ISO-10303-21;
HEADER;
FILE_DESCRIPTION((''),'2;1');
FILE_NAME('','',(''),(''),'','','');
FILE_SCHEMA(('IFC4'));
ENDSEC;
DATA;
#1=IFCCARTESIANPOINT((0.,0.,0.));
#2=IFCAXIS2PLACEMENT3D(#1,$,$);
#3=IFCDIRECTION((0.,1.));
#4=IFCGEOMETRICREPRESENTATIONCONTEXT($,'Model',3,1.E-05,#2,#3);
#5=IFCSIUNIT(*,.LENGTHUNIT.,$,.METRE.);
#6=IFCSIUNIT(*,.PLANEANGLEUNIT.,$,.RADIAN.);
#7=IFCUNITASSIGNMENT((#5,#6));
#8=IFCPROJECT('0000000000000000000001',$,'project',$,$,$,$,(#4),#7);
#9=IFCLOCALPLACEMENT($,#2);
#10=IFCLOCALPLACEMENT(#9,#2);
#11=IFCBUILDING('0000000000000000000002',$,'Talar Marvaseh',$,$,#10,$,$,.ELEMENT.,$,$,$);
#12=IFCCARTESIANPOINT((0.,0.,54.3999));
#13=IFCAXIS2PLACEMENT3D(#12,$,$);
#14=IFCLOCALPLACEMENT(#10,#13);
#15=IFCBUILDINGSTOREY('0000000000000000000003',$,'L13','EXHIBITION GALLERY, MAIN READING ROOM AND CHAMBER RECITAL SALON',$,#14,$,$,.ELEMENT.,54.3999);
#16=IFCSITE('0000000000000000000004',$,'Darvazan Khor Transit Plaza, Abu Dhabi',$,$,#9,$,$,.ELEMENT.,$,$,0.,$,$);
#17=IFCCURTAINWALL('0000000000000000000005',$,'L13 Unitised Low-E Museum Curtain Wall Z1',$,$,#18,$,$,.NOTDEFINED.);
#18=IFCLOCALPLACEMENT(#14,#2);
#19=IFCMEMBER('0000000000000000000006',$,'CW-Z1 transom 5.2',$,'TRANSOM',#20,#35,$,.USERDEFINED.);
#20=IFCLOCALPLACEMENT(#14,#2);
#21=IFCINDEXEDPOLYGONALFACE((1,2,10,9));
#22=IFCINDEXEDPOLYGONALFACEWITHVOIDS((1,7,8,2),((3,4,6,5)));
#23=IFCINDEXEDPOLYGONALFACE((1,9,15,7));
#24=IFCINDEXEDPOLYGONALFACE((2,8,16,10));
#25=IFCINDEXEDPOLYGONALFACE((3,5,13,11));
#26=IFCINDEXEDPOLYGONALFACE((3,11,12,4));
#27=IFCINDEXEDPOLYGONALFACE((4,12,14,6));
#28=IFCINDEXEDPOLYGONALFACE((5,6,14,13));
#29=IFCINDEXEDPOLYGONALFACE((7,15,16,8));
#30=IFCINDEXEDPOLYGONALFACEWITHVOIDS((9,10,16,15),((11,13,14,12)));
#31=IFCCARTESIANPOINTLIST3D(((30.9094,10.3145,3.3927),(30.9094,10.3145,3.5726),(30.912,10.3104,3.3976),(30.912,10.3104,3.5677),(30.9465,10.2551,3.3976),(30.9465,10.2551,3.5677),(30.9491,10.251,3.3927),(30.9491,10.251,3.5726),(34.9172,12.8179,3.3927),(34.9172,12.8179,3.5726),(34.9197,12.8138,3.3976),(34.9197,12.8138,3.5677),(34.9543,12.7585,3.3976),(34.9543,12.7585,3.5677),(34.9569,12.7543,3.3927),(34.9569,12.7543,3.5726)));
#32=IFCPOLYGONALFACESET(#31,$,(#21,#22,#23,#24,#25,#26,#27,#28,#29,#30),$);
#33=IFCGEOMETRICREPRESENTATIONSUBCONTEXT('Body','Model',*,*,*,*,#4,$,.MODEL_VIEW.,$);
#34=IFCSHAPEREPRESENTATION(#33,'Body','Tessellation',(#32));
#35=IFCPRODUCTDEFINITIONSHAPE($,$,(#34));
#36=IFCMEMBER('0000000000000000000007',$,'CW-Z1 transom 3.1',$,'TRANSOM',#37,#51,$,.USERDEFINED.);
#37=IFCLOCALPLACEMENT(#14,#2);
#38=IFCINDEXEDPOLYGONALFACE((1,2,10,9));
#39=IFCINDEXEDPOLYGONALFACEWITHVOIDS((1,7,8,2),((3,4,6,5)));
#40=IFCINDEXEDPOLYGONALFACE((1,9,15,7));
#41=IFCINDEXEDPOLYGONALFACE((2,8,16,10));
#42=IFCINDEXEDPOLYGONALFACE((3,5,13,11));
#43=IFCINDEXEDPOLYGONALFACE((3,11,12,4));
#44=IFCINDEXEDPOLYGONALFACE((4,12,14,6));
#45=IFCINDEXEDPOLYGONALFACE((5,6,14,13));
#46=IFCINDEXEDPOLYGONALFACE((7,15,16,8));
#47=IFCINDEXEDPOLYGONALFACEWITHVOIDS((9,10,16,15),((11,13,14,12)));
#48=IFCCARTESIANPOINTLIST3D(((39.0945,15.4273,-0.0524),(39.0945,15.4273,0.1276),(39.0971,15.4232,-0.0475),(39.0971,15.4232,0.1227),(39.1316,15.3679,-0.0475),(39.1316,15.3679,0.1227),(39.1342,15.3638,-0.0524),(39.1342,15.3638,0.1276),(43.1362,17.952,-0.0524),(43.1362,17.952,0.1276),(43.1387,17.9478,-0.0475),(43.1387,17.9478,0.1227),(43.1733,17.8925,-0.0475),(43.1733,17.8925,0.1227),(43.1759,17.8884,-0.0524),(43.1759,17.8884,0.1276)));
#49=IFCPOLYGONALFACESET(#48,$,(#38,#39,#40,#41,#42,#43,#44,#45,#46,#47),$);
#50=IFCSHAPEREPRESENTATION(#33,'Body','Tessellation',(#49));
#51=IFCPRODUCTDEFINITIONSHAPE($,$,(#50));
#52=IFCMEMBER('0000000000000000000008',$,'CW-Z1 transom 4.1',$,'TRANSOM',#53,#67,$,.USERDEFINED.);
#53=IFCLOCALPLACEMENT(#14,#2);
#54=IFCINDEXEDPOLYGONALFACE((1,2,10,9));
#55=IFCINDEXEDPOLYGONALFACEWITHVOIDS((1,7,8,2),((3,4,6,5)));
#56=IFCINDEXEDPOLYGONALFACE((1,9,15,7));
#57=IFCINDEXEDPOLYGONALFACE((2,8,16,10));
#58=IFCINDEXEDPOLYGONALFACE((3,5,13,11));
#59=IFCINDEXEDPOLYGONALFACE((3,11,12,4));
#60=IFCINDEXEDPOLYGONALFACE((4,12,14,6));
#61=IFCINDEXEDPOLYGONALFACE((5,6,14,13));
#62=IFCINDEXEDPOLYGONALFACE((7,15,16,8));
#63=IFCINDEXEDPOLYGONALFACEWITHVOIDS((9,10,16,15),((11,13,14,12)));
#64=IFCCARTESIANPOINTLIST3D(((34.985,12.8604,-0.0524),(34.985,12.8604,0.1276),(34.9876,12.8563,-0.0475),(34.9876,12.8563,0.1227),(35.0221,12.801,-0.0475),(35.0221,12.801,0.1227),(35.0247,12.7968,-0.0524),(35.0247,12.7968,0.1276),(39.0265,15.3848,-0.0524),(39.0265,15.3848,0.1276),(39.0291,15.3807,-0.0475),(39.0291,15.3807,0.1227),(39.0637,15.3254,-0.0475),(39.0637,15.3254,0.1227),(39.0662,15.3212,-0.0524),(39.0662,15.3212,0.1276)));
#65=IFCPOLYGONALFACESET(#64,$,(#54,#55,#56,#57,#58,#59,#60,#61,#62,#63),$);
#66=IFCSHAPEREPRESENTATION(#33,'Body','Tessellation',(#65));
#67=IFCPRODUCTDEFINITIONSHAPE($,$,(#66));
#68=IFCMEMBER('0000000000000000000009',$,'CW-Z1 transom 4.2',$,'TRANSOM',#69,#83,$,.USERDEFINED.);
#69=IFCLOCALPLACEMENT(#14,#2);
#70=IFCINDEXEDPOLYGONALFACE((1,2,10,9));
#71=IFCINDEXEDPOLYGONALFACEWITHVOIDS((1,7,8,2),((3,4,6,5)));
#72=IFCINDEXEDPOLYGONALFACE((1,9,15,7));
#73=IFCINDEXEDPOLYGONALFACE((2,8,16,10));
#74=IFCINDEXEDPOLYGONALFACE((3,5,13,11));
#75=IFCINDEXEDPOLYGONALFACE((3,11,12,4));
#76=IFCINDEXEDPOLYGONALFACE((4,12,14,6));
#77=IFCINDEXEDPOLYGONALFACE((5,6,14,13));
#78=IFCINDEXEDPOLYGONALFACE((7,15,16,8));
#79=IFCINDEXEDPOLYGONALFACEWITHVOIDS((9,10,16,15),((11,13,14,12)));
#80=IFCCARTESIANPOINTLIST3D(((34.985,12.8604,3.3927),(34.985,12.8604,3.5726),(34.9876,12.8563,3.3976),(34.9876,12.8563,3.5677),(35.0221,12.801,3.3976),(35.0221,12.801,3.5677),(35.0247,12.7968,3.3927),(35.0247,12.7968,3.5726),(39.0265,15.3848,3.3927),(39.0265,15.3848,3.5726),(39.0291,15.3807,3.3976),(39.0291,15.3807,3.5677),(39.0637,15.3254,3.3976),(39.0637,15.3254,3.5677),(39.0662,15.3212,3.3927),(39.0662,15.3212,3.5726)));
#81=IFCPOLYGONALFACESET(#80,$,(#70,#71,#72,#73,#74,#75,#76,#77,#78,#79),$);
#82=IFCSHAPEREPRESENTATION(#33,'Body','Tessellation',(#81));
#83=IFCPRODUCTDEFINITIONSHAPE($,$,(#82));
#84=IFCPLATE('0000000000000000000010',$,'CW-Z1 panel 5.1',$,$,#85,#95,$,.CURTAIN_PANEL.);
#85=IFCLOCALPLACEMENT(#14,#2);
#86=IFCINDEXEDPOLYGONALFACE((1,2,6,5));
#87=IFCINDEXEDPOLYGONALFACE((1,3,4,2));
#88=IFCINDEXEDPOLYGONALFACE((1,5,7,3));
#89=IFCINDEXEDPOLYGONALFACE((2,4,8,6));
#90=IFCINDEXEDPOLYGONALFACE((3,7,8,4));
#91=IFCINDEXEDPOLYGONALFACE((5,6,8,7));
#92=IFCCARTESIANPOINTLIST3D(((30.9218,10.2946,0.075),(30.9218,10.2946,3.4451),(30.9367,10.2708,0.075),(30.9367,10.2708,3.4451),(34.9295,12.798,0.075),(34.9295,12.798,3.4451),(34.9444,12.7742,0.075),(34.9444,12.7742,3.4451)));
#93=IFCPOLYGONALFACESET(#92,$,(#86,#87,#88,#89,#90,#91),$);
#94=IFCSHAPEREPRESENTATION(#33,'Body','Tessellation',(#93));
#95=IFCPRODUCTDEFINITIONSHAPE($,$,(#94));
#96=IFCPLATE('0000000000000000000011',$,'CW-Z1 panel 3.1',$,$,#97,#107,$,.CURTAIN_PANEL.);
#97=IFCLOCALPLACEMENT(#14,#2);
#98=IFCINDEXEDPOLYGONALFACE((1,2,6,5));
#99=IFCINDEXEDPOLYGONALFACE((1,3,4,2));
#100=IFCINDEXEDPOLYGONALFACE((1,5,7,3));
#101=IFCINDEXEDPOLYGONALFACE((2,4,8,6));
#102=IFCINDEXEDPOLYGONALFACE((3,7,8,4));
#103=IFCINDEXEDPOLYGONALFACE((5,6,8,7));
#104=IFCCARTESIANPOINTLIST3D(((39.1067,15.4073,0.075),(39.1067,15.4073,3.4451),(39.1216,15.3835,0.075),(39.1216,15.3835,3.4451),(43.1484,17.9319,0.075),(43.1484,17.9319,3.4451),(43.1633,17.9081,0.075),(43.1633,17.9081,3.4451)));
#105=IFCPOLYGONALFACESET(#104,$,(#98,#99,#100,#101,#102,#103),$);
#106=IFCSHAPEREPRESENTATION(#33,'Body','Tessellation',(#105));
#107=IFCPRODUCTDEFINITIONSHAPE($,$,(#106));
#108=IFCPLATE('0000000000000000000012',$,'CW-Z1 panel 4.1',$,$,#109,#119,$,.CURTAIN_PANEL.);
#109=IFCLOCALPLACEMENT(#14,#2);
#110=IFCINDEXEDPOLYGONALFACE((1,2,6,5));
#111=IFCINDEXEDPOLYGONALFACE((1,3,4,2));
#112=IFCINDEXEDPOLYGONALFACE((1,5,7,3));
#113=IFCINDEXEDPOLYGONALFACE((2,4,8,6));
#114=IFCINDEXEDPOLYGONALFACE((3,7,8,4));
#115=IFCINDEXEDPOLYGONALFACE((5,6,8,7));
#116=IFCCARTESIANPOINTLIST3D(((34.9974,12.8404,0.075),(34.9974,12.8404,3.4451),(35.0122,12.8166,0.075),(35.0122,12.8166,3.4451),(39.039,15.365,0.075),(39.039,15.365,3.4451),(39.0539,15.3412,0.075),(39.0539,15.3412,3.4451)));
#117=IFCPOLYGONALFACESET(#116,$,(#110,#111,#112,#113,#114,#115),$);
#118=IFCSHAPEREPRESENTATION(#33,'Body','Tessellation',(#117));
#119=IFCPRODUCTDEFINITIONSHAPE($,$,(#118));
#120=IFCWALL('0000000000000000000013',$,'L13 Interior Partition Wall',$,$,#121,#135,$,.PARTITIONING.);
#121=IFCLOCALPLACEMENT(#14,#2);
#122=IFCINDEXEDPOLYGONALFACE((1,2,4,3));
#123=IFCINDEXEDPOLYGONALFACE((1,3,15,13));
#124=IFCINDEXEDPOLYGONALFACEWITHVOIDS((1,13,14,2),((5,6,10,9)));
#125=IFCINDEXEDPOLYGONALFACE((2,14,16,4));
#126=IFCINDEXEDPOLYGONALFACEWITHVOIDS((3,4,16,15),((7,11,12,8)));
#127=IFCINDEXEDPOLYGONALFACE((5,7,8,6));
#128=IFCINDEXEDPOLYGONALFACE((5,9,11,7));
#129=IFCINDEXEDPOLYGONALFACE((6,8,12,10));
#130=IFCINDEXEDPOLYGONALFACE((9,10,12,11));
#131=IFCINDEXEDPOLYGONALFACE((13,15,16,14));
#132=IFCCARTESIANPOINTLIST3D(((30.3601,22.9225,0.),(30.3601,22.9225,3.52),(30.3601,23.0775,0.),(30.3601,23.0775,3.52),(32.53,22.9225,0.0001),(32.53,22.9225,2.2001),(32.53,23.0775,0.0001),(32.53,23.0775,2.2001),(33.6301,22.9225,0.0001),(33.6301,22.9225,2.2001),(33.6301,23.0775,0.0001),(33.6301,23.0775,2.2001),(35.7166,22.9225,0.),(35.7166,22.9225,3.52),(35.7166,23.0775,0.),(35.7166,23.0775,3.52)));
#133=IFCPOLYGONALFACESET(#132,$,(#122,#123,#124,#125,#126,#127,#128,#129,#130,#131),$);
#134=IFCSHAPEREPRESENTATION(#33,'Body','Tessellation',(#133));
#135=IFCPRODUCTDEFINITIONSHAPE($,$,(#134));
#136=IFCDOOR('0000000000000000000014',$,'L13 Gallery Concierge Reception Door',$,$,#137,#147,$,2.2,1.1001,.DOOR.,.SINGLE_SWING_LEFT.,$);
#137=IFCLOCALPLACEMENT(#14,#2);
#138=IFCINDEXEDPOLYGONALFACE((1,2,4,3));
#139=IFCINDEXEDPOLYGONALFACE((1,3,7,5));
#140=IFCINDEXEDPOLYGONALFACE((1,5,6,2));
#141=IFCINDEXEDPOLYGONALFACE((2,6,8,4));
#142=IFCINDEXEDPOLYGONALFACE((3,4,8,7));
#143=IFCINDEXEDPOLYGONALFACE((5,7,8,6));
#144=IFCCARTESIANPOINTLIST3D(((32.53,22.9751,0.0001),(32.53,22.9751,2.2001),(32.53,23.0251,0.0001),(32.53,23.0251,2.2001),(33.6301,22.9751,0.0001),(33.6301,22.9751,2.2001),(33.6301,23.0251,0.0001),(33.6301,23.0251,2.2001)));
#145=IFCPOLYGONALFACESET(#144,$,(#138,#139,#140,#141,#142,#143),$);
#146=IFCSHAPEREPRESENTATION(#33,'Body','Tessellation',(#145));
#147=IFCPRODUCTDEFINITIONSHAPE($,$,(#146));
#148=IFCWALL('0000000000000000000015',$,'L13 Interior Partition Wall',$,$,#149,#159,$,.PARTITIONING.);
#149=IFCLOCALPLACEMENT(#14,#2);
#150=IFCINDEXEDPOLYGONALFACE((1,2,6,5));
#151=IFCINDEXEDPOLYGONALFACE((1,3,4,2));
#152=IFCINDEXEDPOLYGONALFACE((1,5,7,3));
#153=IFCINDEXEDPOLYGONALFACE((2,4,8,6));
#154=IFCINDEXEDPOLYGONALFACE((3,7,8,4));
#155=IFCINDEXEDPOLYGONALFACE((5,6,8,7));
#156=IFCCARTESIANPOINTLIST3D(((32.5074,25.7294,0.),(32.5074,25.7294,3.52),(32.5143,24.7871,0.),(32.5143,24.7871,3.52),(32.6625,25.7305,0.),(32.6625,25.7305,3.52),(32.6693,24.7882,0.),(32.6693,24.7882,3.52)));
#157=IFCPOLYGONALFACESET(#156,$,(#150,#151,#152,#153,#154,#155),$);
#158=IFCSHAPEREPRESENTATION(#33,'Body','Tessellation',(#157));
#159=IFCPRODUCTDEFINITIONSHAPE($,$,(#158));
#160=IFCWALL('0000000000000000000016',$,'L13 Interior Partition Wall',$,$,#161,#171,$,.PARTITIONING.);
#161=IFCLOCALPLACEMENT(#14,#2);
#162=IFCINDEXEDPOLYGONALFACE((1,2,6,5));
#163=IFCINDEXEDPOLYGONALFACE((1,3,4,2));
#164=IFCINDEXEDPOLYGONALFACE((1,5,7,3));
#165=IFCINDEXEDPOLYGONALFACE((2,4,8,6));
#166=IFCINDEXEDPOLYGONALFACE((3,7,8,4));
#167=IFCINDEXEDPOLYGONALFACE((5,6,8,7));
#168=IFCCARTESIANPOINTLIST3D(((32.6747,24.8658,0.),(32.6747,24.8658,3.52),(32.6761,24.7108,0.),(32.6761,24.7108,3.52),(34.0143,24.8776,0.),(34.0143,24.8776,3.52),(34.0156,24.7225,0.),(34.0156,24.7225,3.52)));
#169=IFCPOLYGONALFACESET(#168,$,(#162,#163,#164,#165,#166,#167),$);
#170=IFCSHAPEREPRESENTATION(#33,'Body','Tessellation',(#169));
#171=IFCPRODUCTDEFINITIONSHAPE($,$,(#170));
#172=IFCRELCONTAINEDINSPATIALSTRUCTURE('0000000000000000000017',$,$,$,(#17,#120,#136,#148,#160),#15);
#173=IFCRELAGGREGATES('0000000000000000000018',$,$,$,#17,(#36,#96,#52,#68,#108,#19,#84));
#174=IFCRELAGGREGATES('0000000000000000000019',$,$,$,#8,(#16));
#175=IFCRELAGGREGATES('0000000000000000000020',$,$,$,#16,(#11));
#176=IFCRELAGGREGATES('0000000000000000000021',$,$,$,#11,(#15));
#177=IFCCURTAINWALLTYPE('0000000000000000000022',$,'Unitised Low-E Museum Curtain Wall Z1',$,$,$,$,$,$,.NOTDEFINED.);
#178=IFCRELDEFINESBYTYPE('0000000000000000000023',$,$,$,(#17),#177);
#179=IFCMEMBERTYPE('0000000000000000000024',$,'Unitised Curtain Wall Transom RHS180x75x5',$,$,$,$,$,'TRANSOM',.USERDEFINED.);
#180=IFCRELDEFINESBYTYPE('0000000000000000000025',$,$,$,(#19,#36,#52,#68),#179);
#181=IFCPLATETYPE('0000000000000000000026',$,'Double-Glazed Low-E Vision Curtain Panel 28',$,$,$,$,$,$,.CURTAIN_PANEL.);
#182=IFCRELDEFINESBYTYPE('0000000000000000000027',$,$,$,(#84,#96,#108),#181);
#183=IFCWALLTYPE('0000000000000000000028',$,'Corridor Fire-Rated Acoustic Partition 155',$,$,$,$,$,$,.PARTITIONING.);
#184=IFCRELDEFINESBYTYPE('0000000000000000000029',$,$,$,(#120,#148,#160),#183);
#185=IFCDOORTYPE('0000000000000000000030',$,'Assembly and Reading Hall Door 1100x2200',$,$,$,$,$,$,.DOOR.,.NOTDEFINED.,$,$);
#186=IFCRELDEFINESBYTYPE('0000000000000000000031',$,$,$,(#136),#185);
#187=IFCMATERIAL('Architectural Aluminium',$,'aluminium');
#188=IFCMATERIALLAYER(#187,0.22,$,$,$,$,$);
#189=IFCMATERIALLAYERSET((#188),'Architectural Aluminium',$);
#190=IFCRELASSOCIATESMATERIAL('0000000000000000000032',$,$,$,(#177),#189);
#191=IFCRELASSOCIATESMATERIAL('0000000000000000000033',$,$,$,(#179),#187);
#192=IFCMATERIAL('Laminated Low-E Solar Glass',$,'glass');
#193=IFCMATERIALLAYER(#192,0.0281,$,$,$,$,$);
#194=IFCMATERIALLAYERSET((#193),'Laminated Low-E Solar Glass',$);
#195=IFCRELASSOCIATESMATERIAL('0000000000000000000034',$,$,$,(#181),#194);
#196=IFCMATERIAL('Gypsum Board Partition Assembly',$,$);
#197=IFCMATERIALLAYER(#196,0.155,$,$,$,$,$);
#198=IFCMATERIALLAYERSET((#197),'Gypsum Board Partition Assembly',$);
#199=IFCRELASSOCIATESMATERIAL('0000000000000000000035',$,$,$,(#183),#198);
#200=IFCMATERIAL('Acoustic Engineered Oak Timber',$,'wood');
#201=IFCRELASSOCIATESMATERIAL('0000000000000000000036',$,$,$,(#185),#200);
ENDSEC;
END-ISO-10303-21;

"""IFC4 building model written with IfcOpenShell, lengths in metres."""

from ifc_helpers import new_model, si_unit, direction, frame, frame_2d, origin, origin_2d, place, context, subcontext, project, spatial, rectangle, hollow_rectangle, extrude, source, transform, mapped, material, layer, layer_set, material_profile, profile_set, type_object, type_shapes, element, fill, aggregate, save


model = new_model("IFC4")

# Units and contexts
model_context = context("Model", 3, precision=1e-05, world=origin(), true_north=direction((0.0, 1.0)))
body_context = subcontext(model_context, "Body", "Model", "MODEL_VIEW")
ifc_project = project(units=[si_unit("LENGTHUNIT", "METRE"), si_unit("PLANEANGLEUNIT", "RADIAN")], contexts=[model_context])

# Site, building, storey
site_placement = place(None, origin())
site = spatial("IfcSite", under=ifc_project, at=site_placement, Name="Darvazan Khor Transit Plaza, Abu Dhabi", CompositionType="ELEMENT", RefElevation=0.0)
building_placement = place(site_placement, origin())
building = spatial("IfcBuilding", under=site, at=building_placement, Name="Talar Marvaseh", CompositionType="ELEMENT")
storey_placement = place(building_placement, frame((0.0, 0.0, 54.3999)))
storey = spatial("IfcBuildingStorey", under=building, at=storey_placement, Name="L13", Description="EXHIBITION GALLERY, MAIN READING ROOM AND CHAMBER RECITAL SALON", CompositionType="ELEMENT", Elevation=54.3999)

# Curtain wall, members, plates
ifc_material_1 = material(Name="Architectural Aluminium", Category="aluminium")
ifc_layer_1 = layer(ifc_material_1, 0.22)
ifc_layer_set_1 = layer_set([ifc_layer_1], Name="Architectural Aluminium")
curtain_wall_type = type_object("IfcCurtainWallType", Name="Unitised Low-E Museum Curtain Wall Z1", PredefinedType="NOTDEFINED", material=ifc_layer_set_1)
curtain_wall_placement = place(storey_placement, origin())
curtain_wall = element("IfcCurtainWall", 1, at=curtain_wall_placement, inside=storey, type_object=curtain_wall_type, Name="L13 Unitised Low-E Museum Curtain Wall Z1", PredefinedType="NOTDEFINED")
ifc_material_profile_1 = material_profile(ifc_material_1, hollow_rectangle(XDim=0.075, YDim=0.1799, WallThickness=0.0049, at=origin_2d()), Name="RHS180x75x5")
ifc_profile_set_1 = profile_set([ifc_material_profile_1], Name="Architectural Aluminium")
member_type_1 = type_object("IfcMemberType", Name="Unitised Curtain Wall Transom RHS180x75x5", ElementType="TRANSOM", PredefinedType="USERDEFINED", material=ifc_profile_set_1)
shared_shape_1 = source(origin(), body_context, "Body", "SweptSolid", [
    extrude(hollow_rectangle(XDim=0.075, YDim=0.1799, WallThickness=0.0049, at=origin_2d()), origin(), (0.0, 0.0, 1.0), 4.7253),
])
member_1_placement = place(storey_placement, frame((34.937, 12.7861, 3.4827), z_axis=(-0.848138, -0.529776, 0.0), x_axis=(0.529776, -0.848138, 0.0)))
member_1 = element("IfcMember", 2, at=member_1_placement, type_object=member_type_1, Name="CW-Z1 transom 5.2", ObjectType="TRANSOM", PredefinedType="USERDEFINED", context=body_context, shape_type="MappedRepresentation", body=[
    mapped(shared_shape_1, transform((0.0, 0.0, 0.0), x_axis=(1.0, 0.0, 0.0), y_axis=(0.0, 1.0, 0.0), z_axis=(0.0, 0.0, 1.0), scale=1.0)),
])
shared_shape_2 = source(origin(), body_context, "Body", "SweptSolid", [
    extrude(hollow_rectangle(XDim=0.075, YDim=0.1799, WallThickness=0.0049, at=origin_2d()), origin(), (0.0, 0.0, 1.0), 4.7654),
])
member_2_placement = place(storey_placement, frame((43.156, 17.9202, 0.0376), z_axis=(-0.848134, -0.529782, 0.0), x_axis=(0.529782, -0.848134, 0.0)))
member_2 = element("IfcMember", 3, at=member_2_placement, type_object=member_type_1, Name="CW-Z1 transom 3.1", ObjectType="TRANSOM", PredefinedType="USERDEFINED", context=body_context, shape_type="MappedRepresentation", body=[
    mapped(shared_shape_2, transform((0.0, 0.0, 0.0), x_axis=(1.0, 0.0, 0.0), y_axis=(0.0, 1.0, 0.0), z_axis=(0.0, 0.0, 1.0), scale=1.0)),
])
shared_shape_3 = source(origin(), body_context, "Body", "SweptSolid", [
    extrude(hollow_rectangle(XDim=0.075, YDim=0.1799, WallThickness=0.0049, at=origin_2d()), origin(), (0.0, 0.0, 1.0), 4.7651),
])
type_shapes(member_type_1, [shared_shape_1, shared_shape_2, shared_shape_3])
member_3_placement = place(storey_placement, frame((39.0464, 15.353, 0.0376), z_axis=(-0.848142, -0.529769, 0.0), x_axis=(0.529769, -0.848142, 0.0)))
member_3 = element("IfcMember", 4, at=member_3_placement, type_object=member_type_1, Name="CW-Z1 transom 4.1", ObjectType="TRANSOM", PredefinedType="USERDEFINED", context=body_context, shape_type="MappedRepresentation", body=[
    mapped(shared_shape_3, transform((0.0, 0.0, 0.0), x_axis=(1.0, 0.0, 0.0), y_axis=(0.0, 1.0, 0.0), z_axis=(0.0, 0.0, 1.0), scale=1.0)),
])
member_4_placement = place(storey_placement, frame((39.0464, 15.353, 3.4827), z_axis=(-0.848142, -0.529769, 0.0), x_axis=(0.529769, -0.848142, 0.0)))
member_4 = element("IfcMember", 5, at=member_4_placement, type_object=member_type_1, Name="CW-Z1 transom 4.2", ObjectType="TRANSOM", PredefinedType="USERDEFINED", context=body_context, shape_type="MappedRepresentation", body=[
    mapped(shared_shape_3, transform((0.0, 0.0, 0.0), x_axis=(1.0, 0.0, 0.0), y_axis=(0.0, 1.0, 0.0), z_axis=(0.0, 0.0, 1.0), scale=1.0)),
])
ifc_material_2 = material(Name="Laminated Low-E Solar Glass", Category="glass")
ifc_layer_2 = layer(ifc_material_2, 0.0281)
ifc_layer_set_2 = layer_set([ifc_layer_2], Name="Laminated Low-E Solar Glass")
plate_type = type_object("IfcPlateType", Name="Double-Glazed Low-E Vision Curtain Panel 28", PredefinedType="CURTAIN_PANEL", material=ifc_layer_set_2)
shared_shape_4 = source(origin(), body_context, "Body", "SweptSolid", [
    extrude(rectangle(XDim=4.7253, YDim=0.0281, at=origin_2d()), origin(), (0.0, 0.0, 1.0), 3.3701),
])
plate_1_placement = place(storey_placement, frame((32.9331, 11.5344, 0.075), z_axis=(0.0, 0.0, 1.0), x_axis=(-0.84813, -0.529787, 0.0)))
plate_1 = element("IfcPlate", 6, at=plate_1_placement, type_object=plate_type, Name="CW-Z1 panel 5.1", PredefinedType="CURTAIN_PANEL", context=body_context, shape_type="MappedRepresentation", body=[
    mapped(shared_shape_4, transform((0.0, 0.0, 0.0), x_axis=(1.0, 0.0, 0.0), y_axis=(0.0, 1.0, 0.0), z_axis=(0.0, 0.0, 1.0), scale=1.0)),
])
shared_shape_5 = source(origin(), body_context, "Body", "SweptSolid", [
    extrude(rectangle(XDim=4.7654, YDim=0.0281, at=origin_2d()), origin(), (0.0, 0.0, 1.0), 3.3701),
])
type_shapes(plate_type, [shared_shape_4, shared_shape_5])
plate_2_placement = place(storey_placement, frame((41.135, 16.6577, 0.075), z_axis=(0.0, 0.0, 1.0), x_axis=(-0.84813, -0.529787, 0.0)))
plate_2 = element("IfcPlate", 7, at=plate_2_placement, type_object=plate_type, Name="CW-Z1 panel 3.1", PredefinedType="CURTAIN_PANEL", context=body_context, shape_type="MappedRepresentation", body=[
    mapped(shared_shape_5, transform((0.0, 0.0, 0.0), x_axis=(1.0, 0.0, 0.0), y_axis=(0.0, 1.0, 0.0), z_axis=(0.0, 0.0, 1.0), scale=1.0)),
])
plate_3_placement = place(storey_placement, frame((37.0256, 14.0908, 0.075), z_axis=(0.0, 0.0, 1.0), x_axis=(-0.84813, -0.529787, 0.0)))
plate_3 = element("IfcPlate", 8, at=plate_3_placement, type_object=plate_type, Name="CW-Z1 panel 4.1", PredefinedType="CURTAIN_PANEL", context=body_context, shape_type="MappedRepresentation", body=[
    mapped(shared_shape_5, transform((0.0, 0.0, 0.0), x_axis=(1.0, 0.0, 0.0), y_axis=(0.0, 1.0, 0.0), z_axis=(0.0, 0.0, 1.0), scale=1.0)),
])
aggregate(curtain_wall, [member_2, plate_2, member_3, member_4, plate_3, member_1, plate_1])

# Wall, opening, door
ifc_material_3 = material(Name="Gypsum Board Partition Assembly")
ifc_layer_3 = layer(ifc_material_3, 0.155)
ifc_layer_set_3 = layer_set([ifc_layer_3], Name="Gypsum Board Partition Assembly")
wall_type_1 = type_object("IfcWallType", Name="Corridor Fire-Rated Acoustic Partition 155", PredefinedType="PARTITIONING", material=ifc_layer_set_3)
wall_1_placement = place(storey_placement, frame((35.7166, 23.0, 0.0), z_axis=(0.0, 0.0, 1.0), x_axis=(-1.0, 0.0, 0.0)))
wall_1 = element("IfcWall", 9, at=wall_1_placement, inside=storey, type_object=wall_type_1, Name="L13 Interior Partition Wall", PredefinedType="PARTITIONING", context=body_context, shape_type="SweptSolid", body=[
    extrude(rectangle(XDim=5.3564, YDim=0.155, at=frame_2d((2.6782, 0.0))), origin(), (0.0, 0.0, 1.0), 3.52),
])
opening_1_placement = place(wall_1_placement, frame((2.0864, 0.0, 0.0)))
opening_1 = element("IfcOpeningElement", 10, at=opening_1_placement, cuts=wall_1, PredefinedType="OPENING", context=body_context, shape_type="SweptSolid", body=[
    extrude(rectangle(XDim=1.1001, YDim=2.2, at=frame_2d((0.55, 1.1001))), frame((0.0, 0.0874, 0.0), z_axis=(0.0, -1.0, 0.0), x_axis=(1.0, 0.0, 0.0)), (0.0, 0.0, 1.0), 0.175),
])
ifc_material_4 = material(Name="Acoustic Engineered Oak Timber", Category="wood")
door_type_1 = type_object("IfcDoorType", Name="Assembly and Reading Hall Door 1100x2200", OperationType="NOTDEFINED", PredefinedType="DOOR", material=ifc_material_4)
shared_shape_6 = source(origin(), body_context, "Body", "SweptSolid", [
    extrude(rectangle(XDim=1.1001, YDim=2.2, at=frame_2d((0.55, 1.1001))), frame((0.0, 0.0249, 0.0), z_axis=(0.0, -1.0, 0.0), x_axis=(1.0, 0.0, 0.0)), (0.0, 0.0, 1.0), 0.05),
])
type_shapes(door_type_1, [shared_shape_6])
door_1_placement = place(opening_1_placement, origin())
door_1 = element("IfcDoor", 11, at=door_1_placement, inside=storey, type_object=door_type_1, Name="L13 Gallery Concierge Reception Door", OperationType="SINGLE_SWING_LEFT", OverallHeight=2.2, OverallWidth=1.1001, PredefinedType="DOOR", context=body_context, shape_type="MappedRepresentation", body=[
    mapped(shared_shape_6, transform((0.0, 0.0, 0.0), x_axis=(1.0, 0.0, 0.0), y_axis=(0.0, 1.0, 0.0), z_axis=(0.0, 0.0, 1.0), scale=1.0)),
])
fill(opening_1, door_1)

# Walls
wall_2_placement = place(storey_placement, frame((32.585, 25.73, 0.0), z_axis=(0.0, 0.0, 1.0), x_axis=(0.007254, -0.999974, 0.0)))
element("IfcWall", 12, at=wall_2_placement, inside=storey, type_object=wall_type_1, Name="L13 Interior Partition Wall", PredefinedType="PARTITIONING", context=body_context, shape_type="SweptSolid", body=[
    extrude(rectangle(XDim=0.9424, YDim=0.155, at=frame_2d((0.4712, 0.0))), origin(), (0.0, 0.0, 1.0), 3.52),
])
wall_3_placement = place(storey_placement, frame((32.6753, 24.7883, 0.0), z_axis=(0.0, 0.0, 1.0), x_axis=(0.999962, 0.008748, 0.0)))
element("IfcWall", 13, at=wall_3_placement, inside=storey, type_object=wall_type_1, Name="L13 Interior Partition Wall", PredefinedType="PARTITIONING", context=body_context, shape_type="SweptSolid", body=[
    extrude(rectangle(XDim=1.3396, YDim=0.155, at=frame_2d((0.6699, 0.0))), origin(), (0.0, 0.0, 1.0), 3.52),
])

save(model, "model.ifc")
